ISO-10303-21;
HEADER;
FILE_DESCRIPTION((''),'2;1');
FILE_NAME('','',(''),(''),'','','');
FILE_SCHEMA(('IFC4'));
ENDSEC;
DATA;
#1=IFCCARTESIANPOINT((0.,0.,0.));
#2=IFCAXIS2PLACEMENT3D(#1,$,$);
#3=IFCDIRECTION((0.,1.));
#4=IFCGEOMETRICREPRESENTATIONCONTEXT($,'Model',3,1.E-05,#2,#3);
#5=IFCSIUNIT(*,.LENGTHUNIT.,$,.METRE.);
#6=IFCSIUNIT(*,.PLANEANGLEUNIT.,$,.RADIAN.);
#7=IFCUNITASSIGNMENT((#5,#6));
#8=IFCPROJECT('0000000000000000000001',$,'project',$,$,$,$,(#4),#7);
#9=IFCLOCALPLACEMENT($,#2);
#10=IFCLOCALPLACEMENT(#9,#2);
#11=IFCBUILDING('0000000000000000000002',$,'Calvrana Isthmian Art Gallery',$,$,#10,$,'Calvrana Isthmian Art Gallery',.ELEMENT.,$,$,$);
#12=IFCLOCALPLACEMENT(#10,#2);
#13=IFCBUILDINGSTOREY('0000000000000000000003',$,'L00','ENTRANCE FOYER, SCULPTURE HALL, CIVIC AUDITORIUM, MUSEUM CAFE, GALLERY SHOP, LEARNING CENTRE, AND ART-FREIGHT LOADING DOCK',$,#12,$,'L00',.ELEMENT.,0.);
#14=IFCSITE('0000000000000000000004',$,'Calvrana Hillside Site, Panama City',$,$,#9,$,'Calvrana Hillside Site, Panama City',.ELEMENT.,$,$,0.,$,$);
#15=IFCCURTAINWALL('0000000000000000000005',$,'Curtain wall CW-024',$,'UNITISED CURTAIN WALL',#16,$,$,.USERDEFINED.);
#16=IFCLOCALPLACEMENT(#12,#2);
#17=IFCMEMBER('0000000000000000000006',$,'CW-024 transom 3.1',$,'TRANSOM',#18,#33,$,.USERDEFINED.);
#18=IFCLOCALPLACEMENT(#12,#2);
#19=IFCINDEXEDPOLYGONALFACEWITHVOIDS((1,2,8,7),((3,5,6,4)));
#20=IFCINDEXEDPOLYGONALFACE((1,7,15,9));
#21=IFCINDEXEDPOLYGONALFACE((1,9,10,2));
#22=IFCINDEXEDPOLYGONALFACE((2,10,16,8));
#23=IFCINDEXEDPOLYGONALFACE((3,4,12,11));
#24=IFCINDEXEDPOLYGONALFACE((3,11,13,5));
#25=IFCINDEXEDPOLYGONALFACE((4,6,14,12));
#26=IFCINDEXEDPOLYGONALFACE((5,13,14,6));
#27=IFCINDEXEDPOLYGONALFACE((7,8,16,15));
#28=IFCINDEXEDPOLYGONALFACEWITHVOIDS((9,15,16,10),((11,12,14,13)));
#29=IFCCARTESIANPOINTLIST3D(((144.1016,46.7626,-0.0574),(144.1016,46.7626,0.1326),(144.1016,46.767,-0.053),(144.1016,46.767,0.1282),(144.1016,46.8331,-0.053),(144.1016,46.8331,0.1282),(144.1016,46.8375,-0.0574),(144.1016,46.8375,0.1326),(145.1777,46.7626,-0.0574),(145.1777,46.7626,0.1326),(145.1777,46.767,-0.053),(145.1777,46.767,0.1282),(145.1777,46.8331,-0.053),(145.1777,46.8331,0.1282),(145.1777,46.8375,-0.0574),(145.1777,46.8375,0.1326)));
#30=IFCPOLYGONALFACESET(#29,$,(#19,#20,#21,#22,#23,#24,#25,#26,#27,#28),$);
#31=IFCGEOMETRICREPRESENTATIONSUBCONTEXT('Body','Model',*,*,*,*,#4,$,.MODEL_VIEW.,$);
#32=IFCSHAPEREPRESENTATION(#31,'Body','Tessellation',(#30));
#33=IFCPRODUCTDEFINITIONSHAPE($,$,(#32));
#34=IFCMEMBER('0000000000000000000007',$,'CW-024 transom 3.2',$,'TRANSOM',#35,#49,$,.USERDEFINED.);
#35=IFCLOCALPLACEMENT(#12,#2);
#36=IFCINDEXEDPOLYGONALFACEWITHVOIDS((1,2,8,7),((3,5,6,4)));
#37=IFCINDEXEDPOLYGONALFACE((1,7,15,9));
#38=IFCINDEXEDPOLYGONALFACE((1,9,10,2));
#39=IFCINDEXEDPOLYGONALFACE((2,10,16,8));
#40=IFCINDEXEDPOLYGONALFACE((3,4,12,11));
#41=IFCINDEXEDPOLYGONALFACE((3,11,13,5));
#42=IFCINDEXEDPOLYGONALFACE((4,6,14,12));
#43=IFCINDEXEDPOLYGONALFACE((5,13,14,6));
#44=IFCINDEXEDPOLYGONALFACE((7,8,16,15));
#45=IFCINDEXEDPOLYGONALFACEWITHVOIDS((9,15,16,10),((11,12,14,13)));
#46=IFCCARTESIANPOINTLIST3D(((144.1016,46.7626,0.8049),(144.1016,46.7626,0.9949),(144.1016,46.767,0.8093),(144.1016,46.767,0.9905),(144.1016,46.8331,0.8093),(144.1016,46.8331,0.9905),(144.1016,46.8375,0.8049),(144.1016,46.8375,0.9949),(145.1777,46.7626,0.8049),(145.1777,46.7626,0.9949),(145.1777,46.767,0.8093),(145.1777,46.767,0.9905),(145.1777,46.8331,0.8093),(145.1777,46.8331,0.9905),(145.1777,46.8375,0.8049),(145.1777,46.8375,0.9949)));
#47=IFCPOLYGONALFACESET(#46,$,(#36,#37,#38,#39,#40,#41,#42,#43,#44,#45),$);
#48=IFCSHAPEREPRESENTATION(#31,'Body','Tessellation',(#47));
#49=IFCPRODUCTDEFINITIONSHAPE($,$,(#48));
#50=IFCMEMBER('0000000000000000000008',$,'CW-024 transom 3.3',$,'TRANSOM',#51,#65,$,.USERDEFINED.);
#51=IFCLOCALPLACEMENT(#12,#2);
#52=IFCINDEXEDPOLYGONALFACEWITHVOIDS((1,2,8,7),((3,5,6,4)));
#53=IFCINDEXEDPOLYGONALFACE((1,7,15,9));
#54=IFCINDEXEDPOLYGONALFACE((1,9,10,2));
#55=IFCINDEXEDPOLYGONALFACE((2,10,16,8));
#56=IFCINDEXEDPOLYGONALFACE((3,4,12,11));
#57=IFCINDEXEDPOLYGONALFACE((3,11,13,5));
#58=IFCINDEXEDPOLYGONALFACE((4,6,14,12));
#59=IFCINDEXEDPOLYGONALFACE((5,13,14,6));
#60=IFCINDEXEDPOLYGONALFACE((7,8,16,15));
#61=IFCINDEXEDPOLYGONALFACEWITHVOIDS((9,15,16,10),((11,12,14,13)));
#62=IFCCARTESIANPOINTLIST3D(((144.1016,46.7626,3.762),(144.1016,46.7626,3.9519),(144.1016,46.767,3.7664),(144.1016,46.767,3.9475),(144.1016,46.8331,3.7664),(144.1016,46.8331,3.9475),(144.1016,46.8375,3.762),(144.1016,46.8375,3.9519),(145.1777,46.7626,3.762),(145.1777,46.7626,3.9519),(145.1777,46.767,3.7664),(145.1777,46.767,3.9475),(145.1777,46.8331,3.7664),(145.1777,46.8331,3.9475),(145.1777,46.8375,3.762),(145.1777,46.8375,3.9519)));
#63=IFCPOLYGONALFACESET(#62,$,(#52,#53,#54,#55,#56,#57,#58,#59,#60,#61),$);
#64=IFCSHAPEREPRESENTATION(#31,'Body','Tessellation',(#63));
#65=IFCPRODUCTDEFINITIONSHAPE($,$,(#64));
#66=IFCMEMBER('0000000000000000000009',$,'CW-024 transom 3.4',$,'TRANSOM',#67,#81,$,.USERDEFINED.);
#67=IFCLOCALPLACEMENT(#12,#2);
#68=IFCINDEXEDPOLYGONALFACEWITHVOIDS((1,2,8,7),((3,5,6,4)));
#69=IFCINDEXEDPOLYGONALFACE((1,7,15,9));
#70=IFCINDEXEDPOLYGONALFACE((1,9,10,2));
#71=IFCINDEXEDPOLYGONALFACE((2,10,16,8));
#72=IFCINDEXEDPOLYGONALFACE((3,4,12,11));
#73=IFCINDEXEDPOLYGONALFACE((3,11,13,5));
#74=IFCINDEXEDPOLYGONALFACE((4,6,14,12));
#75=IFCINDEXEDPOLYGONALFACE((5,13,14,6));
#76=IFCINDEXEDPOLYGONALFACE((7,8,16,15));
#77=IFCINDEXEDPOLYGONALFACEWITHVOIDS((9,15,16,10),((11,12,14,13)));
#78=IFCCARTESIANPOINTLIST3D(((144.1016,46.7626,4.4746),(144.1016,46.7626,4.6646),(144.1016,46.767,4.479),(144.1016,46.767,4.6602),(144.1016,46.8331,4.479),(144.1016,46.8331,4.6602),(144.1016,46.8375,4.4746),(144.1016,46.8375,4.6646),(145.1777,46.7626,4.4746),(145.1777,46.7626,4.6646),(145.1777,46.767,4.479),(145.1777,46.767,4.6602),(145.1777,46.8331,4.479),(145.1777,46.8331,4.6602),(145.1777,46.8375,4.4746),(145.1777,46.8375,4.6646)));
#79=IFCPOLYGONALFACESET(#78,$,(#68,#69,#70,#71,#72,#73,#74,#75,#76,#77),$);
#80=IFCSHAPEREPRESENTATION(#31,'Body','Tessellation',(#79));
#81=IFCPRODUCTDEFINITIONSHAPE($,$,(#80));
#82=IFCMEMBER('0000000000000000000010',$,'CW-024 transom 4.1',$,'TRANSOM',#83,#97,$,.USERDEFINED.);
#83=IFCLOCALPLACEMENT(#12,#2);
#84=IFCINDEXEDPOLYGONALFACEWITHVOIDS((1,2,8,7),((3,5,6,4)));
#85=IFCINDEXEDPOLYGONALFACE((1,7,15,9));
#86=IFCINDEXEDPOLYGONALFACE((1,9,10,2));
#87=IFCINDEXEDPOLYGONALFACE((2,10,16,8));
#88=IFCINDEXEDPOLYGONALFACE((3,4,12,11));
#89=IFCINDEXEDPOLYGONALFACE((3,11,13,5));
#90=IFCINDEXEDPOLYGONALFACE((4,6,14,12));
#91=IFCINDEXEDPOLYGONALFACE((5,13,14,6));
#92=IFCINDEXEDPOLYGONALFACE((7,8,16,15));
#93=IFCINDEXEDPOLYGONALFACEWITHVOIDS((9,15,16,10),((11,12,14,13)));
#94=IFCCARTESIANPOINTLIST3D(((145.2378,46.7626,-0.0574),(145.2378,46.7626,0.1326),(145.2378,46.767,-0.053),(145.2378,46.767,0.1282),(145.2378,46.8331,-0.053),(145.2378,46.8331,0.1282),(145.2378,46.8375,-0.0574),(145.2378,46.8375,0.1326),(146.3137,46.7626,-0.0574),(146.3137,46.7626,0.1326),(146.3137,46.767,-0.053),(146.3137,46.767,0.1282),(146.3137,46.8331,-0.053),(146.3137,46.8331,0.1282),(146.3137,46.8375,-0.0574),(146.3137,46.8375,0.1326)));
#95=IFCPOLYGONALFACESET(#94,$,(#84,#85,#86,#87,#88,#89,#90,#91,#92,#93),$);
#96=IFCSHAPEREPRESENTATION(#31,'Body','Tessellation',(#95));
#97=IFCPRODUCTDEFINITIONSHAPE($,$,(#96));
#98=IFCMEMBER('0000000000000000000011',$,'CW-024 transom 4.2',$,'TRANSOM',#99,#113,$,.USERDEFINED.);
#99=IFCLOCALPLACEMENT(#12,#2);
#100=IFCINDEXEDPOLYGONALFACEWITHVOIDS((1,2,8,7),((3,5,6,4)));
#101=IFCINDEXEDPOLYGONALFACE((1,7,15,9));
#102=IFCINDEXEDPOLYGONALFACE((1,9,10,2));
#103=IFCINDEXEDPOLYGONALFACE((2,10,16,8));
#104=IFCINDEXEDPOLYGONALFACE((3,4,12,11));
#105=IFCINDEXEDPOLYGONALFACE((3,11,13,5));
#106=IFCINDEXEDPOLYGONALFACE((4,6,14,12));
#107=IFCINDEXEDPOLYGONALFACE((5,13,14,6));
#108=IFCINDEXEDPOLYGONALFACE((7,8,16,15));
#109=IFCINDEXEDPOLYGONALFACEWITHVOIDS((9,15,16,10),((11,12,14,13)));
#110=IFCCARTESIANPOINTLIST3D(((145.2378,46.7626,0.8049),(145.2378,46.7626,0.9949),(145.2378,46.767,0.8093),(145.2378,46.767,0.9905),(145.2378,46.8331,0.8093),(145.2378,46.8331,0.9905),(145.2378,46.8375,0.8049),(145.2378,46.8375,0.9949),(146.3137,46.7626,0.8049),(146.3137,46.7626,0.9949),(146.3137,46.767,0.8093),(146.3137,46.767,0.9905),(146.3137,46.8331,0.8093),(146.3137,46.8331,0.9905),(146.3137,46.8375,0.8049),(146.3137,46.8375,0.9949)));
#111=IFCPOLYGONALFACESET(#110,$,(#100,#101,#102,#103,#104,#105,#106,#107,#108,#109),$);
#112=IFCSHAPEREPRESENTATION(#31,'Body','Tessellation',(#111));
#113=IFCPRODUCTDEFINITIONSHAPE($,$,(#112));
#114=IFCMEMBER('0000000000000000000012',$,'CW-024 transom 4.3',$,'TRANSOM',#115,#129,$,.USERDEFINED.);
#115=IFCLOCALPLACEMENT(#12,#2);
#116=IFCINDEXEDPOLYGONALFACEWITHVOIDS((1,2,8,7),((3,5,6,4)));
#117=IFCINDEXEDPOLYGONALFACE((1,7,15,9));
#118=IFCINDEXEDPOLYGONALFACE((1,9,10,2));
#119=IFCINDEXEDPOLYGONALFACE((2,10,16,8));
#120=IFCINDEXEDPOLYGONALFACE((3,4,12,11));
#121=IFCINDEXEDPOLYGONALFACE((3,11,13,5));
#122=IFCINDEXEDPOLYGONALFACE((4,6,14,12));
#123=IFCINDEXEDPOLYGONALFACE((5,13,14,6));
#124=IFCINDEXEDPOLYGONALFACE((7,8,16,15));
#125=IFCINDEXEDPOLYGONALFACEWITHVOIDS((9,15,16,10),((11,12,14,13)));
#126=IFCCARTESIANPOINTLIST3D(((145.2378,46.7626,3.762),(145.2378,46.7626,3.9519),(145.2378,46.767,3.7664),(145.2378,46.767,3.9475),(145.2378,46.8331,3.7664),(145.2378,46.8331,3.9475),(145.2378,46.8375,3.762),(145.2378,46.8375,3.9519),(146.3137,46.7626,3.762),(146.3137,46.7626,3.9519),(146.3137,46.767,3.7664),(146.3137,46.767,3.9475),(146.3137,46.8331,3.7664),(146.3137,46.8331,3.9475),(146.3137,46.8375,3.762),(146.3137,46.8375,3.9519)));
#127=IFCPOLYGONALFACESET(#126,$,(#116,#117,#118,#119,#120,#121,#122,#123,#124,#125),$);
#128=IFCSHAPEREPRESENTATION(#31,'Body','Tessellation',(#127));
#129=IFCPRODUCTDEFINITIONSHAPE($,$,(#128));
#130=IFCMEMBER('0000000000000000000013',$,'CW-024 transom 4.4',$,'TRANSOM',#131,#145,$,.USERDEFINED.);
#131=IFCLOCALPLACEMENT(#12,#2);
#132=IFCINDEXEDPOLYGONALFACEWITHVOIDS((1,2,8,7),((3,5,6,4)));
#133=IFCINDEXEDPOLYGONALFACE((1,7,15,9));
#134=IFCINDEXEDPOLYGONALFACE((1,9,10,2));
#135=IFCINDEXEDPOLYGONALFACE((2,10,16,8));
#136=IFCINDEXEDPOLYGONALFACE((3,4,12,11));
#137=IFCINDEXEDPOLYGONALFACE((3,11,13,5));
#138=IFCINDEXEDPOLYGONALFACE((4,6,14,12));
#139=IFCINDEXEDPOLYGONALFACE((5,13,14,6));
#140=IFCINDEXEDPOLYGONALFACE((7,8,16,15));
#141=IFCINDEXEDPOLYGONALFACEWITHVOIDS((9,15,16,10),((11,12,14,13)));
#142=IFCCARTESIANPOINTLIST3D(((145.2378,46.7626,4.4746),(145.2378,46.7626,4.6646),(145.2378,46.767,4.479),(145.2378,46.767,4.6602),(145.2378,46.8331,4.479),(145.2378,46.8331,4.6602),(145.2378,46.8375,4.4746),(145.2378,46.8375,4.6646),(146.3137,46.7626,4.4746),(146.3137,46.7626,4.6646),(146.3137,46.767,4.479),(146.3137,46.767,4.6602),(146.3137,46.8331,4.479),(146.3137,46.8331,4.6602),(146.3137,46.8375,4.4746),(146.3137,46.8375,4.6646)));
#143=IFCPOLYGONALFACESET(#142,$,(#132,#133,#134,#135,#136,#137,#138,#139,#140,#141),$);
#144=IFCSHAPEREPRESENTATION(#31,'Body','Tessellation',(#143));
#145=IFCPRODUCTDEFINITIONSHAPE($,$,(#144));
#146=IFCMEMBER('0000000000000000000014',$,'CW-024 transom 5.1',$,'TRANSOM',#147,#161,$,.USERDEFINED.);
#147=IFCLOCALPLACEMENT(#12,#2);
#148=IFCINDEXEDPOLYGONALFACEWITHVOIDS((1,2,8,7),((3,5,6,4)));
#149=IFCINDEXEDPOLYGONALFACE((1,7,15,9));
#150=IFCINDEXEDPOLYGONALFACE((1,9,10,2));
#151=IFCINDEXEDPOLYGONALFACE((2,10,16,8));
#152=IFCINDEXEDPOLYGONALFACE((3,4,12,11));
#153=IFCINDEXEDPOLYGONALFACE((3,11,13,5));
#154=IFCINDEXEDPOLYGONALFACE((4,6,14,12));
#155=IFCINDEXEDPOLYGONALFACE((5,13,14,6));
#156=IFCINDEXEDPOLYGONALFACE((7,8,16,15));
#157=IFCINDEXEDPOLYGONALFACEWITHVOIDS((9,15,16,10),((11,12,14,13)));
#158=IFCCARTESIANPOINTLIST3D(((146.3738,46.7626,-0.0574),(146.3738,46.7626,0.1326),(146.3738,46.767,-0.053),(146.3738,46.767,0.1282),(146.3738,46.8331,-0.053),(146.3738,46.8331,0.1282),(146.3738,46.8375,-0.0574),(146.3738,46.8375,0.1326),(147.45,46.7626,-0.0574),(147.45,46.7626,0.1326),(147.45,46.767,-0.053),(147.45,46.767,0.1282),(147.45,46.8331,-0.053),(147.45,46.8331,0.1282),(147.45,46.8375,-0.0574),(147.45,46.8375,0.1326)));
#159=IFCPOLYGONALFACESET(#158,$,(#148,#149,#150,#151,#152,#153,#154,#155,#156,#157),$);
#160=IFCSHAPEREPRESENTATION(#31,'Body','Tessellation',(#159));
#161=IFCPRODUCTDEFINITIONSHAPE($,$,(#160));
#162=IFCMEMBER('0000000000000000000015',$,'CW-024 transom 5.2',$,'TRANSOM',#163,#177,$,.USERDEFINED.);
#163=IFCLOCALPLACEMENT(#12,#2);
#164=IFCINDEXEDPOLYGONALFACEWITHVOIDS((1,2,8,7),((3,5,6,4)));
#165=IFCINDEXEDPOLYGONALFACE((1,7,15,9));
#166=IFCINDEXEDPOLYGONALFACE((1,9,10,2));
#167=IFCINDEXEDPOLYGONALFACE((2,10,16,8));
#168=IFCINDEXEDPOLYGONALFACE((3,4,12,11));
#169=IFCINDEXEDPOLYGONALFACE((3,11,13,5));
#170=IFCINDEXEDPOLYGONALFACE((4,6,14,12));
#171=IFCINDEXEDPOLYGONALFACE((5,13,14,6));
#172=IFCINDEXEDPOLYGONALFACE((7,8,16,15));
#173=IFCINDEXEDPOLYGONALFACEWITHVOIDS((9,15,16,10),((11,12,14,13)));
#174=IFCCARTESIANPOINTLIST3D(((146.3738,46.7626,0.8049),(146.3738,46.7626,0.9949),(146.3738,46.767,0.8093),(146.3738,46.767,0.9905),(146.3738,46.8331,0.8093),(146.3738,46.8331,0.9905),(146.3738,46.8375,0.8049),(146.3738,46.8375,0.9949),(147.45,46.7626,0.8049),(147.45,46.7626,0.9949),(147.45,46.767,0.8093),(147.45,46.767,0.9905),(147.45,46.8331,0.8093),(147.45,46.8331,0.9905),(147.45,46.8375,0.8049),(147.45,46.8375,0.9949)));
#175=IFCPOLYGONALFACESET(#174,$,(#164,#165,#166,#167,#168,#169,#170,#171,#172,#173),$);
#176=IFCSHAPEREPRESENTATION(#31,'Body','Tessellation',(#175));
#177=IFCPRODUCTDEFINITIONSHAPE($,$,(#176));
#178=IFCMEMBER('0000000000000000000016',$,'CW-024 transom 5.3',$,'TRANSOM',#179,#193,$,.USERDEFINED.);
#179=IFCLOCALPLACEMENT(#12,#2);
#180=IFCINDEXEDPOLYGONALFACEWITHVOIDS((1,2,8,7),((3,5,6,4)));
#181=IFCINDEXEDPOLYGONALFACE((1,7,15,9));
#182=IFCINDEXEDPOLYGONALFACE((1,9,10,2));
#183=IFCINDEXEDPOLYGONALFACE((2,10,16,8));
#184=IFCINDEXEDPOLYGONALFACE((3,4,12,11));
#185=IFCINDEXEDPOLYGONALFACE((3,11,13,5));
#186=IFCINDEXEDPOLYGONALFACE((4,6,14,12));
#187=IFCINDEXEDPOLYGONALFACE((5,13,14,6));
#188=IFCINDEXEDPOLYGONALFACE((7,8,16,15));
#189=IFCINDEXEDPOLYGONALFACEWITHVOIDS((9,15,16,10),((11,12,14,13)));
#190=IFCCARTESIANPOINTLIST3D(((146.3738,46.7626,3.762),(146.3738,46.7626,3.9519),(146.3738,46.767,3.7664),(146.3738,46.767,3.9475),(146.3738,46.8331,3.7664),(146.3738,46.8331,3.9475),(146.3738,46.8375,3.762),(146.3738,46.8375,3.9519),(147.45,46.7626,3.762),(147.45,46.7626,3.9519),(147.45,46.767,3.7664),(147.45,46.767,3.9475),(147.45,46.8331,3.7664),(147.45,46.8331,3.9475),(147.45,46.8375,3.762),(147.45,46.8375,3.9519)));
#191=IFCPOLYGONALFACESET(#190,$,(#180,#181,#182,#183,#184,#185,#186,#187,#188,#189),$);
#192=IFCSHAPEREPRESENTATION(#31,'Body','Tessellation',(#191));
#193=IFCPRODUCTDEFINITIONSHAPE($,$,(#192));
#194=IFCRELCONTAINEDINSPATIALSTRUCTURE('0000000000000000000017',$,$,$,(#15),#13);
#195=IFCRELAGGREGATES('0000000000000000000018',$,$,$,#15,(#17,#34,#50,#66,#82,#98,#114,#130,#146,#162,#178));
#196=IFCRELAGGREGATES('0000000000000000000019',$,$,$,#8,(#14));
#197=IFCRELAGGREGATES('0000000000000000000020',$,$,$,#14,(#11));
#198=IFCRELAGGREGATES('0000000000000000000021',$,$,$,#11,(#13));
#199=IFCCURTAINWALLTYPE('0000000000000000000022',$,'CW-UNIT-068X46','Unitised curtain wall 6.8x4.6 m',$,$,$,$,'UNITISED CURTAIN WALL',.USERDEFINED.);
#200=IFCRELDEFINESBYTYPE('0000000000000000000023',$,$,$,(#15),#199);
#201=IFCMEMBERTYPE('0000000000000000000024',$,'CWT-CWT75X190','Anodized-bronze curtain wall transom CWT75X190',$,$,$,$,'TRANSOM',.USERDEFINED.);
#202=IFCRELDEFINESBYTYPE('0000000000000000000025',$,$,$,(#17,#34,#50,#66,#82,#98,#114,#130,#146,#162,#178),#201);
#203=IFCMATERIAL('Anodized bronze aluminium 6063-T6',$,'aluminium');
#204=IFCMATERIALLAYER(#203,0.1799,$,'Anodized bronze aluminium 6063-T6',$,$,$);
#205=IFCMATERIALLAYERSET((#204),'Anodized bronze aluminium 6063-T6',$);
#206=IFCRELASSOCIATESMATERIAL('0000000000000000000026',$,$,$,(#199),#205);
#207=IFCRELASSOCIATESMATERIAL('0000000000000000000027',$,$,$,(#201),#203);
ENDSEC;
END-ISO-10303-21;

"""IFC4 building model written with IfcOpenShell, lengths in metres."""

from ifc_helpers import new_model, si_unit, direction, frame, origin, origin_2d, place, context, subcontext, project, spatial, hollow_rectangle, extrude, material, layer, layer_set, material_profile, profile_set, type_object, element, aggregate, save


model = new_model("IFC4")

# Units and contexts
model_context = context("Model", 3, precision=1e-05, world=origin(), true_north=direction((0.0, 1.0)))
body_context = subcontext(model_context, "Body", "Model", "MODEL_VIEW")
ifc_project = project(units=[si_unit("LENGTHUNIT", "METRE"), si_unit("PLANEANGLEUNIT", "RADIAN")], contexts=[model_context])

# Site, building, storey
site_placement = place(None, origin())
site = spatial("IfcSite", under=ifc_project, at=site_placement, Name="Calvrana Hillside Site, Panama City", LongName="Calvrana Hillside Site, Panama City", CompositionType="ELEMENT", RefElevation=0.0)
building_placement = place(site_placement, origin())
building = spatial("IfcBuilding", under=site, at=building_placement, Name="Calvrana Isthmian Art Gallery", LongName="Calvrana Isthmian Art Gallery", CompositionType="ELEMENT")
storey_placement = place(building_placement, origin())
storey = spatial("IfcBuildingStorey", under=building, at=storey_placement, Name="L00", Description="ENTRANCE FOYER, SCULPTURE HALL, CIVIC AUDITORIUM, MUSEUM CAFE, GALLERY SHOP, LEARNING CENTRE, AND ART-FREIGHT LOADING DOCK", LongName="L00", CompositionType="ELEMENT", Elevation=0.0)

# Curtain wall, members
ifc_material_1 = material(Name="Anodized bronze aluminium 6063-T6", Category="aluminium")
ifc_layer_1 = layer(ifc_material_1, 0.1799, Name="Anodized bronze aluminium 6063-T6")
ifc_layer_set_1 = layer_set([ifc_layer_1], Name="Anodized bronze aluminium 6063-T6")
curtain_wall_type = type_object("IfcCurtainWallType", Name="CW-UNIT-068X46", Description="Unitised curtain wall 6.8x4.6 m", ElementType="UNITISED CURTAIN WALL", PredefinedType="USERDEFINED", material=ifc_layer_set_1)
curtain_wall_placement = place(storey_placement, origin())
curtain_wall = element("IfcCurtainWall", 1, at=curtain_wall_placement, inside=storey, type_object=curtain_wall_type, Name="Curtain wall CW-024", ObjectType="UNITISED CURTAIN WALL", PredefinedType="USERDEFINED")
ifc_material_profile_1 = material_profile(ifc_material_1, hollow_rectangle(XDim=0.075, YDim=0.1899, WallThickness=0.0044, at=origin_2d()), Name="CWT75X190")
ifc_profile_set_1 = profile_set([ifc_material_profile_1], Name="Anodized bronze aluminium 6063-T6")
member_type_1 = type_object("IfcMemberType", Name="CWT-CWT75X190", Description="Anodized-bronze curtain wall transom CWT75X190", ElementType="TRANSOM", PredefinedType="USERDEFINED", material=ifc_profile_set_1)
member_1_placement = place(storey_placement, frame((144.1016, 46.8, 0.0376), z_axis=(1.0, 0.0, 0.0), x_axis=(0.0, 1.0, 0.0)))
member_1 = element("IfcMember", 2, at=member_1_placement, type_object=member_type_1, Name="CW-024 transom 3.1", ObjectType="TRANSOM", PredefinedType="USERDEFINED", context=body_context, shape_type="SweptSolid", body=[
    extrude(hollow_rectangle(XDim=0.075, YDim=0.1899, WallThickness=0.0044, at=origin_2d()), origin(), (0.0, 0.0, 1.0), 1.0762),
])
member_2_placement = place(storey_placement, frame((144.1016, 46.8, 0.8999), z_axis=(1.0, 0.0, 0.0), x_axis=(0.0, 1.0, 0.0)))
member_2 = element("IfcMember", 3, at=member_2_placement, type_object=member_type_1, Name="CW-024 transom 3.2", ObjectType="TRANSOM", PredefinedType="USERDEFINED", context=body_context, shape_type="SweptSolid", body=[
    extrude(hollow_rectangle(XDim=0.075, YDim=0.1899, WallThickness=0.0044, at=origin_2d()), origin(), (0.0, 0.0, 1.0), 1.0762),
])
member_3_placement = place(storey_placement, frame((144.1016, 46.8, 3.8569), z_axis=(1.0, 0.0, 0.0), x_axis=(0.0, 1.0, 0.0)))
member_3 = element("IfcMember", 4, at=member_3_placement, type_object=member_type_1, Name="CW-024 transom 3.3", ObjectType="TRANSOM", PredefinedType="USERDEFINED", context=body_context, shape_type="SweptSolid", body=[
    extrude(hollow_rectangle(XDim=0.075, YDim=0.1899, WallThickness=0.0044, at=origin_2d()), origin(), (0.0, 0.0, 1.0), 1.0762),
])
member_4_placement = place(storey_placement, frame((144.1016, 46.8, 4.5696), z_axis=(1.0, 0.0, 0.0), x_axis=(0.0, 1.0, 0.0)))
member_4 = element("IfcMember", 5, at=member_4_placement, type_object=member_type_1, Name="CW-024 transom 3.4", ObjectType="TRANSOM", PredefinedType="USERDEFINED", context=body_context, shape_type="SweptSolid", body=[
    extrude(hollow_rectangle(XDim=0.075, YDim=0.1899, WallThickness=0.0044, at=origin_2d()), origin(), (0.0, 0.0, 1.0), 1.0762),
])
member_5_placement = place(storey_placement, frame((145.2378, 46.8, 0.0376), z_axis=(1.0, 0.0, 0.0), x_axis=(0.0, 1.0, 0.0)))
member_5 = element("IfcMember", 6, at=member_5_placement, type_object=member_type_1, Name="CW-024 transom 4.1", ObjectType="TRANSOM", PredefinedType="USERDEFINED", context=body_context, shape_type="SweptSolid", body=[
    extrude(hollow_rectangle(XDim=0.075, YDim=0.1899, WallThickness=0.0044, at=origin_2d()), origin(), (0.0, 0.0, 1.0), 1.0759),
])
member_6_placement = place(storey_placement, frame((145.2378, 46.8, 0.8999), z_axis=(1.0, 0.0, 0.0), x_axis=(0.0, 1.0, 0.0)))
member_6 = element("IfcMember", 7, at=member_6_placement, type_object=member_type_1, Name="CW-024 transom 4.2", ObjectType="TRANSOM", PredefinedType="USERDEFINED", context=body_context, shape_type="SweptSolid", body=[
    extrude(hollow_rectangle(XDim=0.075, YDim=0.1899, WallThickness=0.0044, at=origin_2d()), origin(), (0.0, 0.0, 1.0), 1.0759),
])
member_7_placement = place(storey_placement, frame((145.2378, 46.8, 3.8569), z_axis=(1.0, 0.0, 0.0), x_axis=(0.0, 1.0, 0.0)))
member_7 = element("IfcMember", 8, at=member_7_placement, type_object=member_type_1, Name="CW-024 transom 4.3", ObjectType="TRANSOM", PredefinedType="USERDEFINED", context=body_context, shape_type="SweptSolid", body=[
    extrude(hollow_rectangle(XDim=0.075, YDim=0.1899, WallThickness=0.0044, at=origin_2d()), origin(), (0.0, 0.0, 1.0), 1.0759),
])
member_8_placement = place(storey_placement, frame((145.2378, 46.8, 4.5696), z_axis=(1.0, 0.0, 0.0), x_axis=(0.0, 1.0, 0.0)))
member_8 = element("IfcMember", 9, at=member_8_placement, type_object=member_type_1, Name="CW-024 transom 4.4", ObjectType="TRANSOM", PredefinedType="USERDEFINED", context=body_context, shape_type="SweptSolid", body=[
    extrude(hollow_rectangle(XDim=0.075, YDim=0.1899, WallThickness=0.0044, at=origin_2d()), origin(), (0.0, 0.0, 1.0), 1.0759),
])
member_9_placement = place(storey_placement, frame((146.3738, 46.8, 0.0376), z_axis=(1.0, 0.0, 0.0), x_axis=(0.0, 1.0, 0.0)))
member_9 = element("IfcMember", 10, at=member_9_placement, type_object=member_type_1, Name="CW-024 transom 5.1", ObjectType="TRANSOM", PredefinedType="USERDEFINED", context=body_context, shape_type="SweptSolid", body=[
    extrude(hollow_rectangle(XDim=0.075, YDim=0.1899, WallThickness=0.0044, at=origin_2d()), origin(), (0.0, 0.0, 1.0), 1.0762),
])
member_10_placement = place(storey_placement, frame((146.3738, 46.8, 0.8999), z_axis=(1.0, 0.0, 0.0), x_axis=(0.0, 1.0, 0.0)))
member_10 = element("IfcMember", 11, at=member_10_placement, type_object=member_type_1, Name="CW-024 transom 5.2", ObjectType="TRANSOM", PredefinedType="USERDEFINED", context=body_context, shape_type="SweptSolid", body=[
    extrude(hollow_rectangle(XDim=0.075, YDim=0.1899, WallThickness=0.0044, at=origin_2d()), origin(), (0.0, 0.0, 1.0), 1.0762),
])
member_11_placement = place(storey_placement, frame((146.3738, 46.8, 3.8569), z_axis=(1.0, 0.0, 0.0), x_axis=(0.0, 1.0, 0.0)))
member_11 = element("IfcMember", 12, at=member_11_placement, type_object=member_type_1, Name="CW-024 transom 5.3", ObjectType="TRANSOM", PredefinedType="USERDEFINED", context=body_context, shape_type="SweptSolid", body=[
    extrude(hollow_rectangle(XDim=0.075, YDim=0.1899, WallThickness=0.0044, at=origin_2d()), origin(), (0.0, 0.0, 1.0), 1.0762),
])
aggregate(curtain_wall, [member_1, member_2, member_3, member_4, member_5, member_6, member_7, member_8, member_9, member_10, member_11])

save(model, "model.ifc")
